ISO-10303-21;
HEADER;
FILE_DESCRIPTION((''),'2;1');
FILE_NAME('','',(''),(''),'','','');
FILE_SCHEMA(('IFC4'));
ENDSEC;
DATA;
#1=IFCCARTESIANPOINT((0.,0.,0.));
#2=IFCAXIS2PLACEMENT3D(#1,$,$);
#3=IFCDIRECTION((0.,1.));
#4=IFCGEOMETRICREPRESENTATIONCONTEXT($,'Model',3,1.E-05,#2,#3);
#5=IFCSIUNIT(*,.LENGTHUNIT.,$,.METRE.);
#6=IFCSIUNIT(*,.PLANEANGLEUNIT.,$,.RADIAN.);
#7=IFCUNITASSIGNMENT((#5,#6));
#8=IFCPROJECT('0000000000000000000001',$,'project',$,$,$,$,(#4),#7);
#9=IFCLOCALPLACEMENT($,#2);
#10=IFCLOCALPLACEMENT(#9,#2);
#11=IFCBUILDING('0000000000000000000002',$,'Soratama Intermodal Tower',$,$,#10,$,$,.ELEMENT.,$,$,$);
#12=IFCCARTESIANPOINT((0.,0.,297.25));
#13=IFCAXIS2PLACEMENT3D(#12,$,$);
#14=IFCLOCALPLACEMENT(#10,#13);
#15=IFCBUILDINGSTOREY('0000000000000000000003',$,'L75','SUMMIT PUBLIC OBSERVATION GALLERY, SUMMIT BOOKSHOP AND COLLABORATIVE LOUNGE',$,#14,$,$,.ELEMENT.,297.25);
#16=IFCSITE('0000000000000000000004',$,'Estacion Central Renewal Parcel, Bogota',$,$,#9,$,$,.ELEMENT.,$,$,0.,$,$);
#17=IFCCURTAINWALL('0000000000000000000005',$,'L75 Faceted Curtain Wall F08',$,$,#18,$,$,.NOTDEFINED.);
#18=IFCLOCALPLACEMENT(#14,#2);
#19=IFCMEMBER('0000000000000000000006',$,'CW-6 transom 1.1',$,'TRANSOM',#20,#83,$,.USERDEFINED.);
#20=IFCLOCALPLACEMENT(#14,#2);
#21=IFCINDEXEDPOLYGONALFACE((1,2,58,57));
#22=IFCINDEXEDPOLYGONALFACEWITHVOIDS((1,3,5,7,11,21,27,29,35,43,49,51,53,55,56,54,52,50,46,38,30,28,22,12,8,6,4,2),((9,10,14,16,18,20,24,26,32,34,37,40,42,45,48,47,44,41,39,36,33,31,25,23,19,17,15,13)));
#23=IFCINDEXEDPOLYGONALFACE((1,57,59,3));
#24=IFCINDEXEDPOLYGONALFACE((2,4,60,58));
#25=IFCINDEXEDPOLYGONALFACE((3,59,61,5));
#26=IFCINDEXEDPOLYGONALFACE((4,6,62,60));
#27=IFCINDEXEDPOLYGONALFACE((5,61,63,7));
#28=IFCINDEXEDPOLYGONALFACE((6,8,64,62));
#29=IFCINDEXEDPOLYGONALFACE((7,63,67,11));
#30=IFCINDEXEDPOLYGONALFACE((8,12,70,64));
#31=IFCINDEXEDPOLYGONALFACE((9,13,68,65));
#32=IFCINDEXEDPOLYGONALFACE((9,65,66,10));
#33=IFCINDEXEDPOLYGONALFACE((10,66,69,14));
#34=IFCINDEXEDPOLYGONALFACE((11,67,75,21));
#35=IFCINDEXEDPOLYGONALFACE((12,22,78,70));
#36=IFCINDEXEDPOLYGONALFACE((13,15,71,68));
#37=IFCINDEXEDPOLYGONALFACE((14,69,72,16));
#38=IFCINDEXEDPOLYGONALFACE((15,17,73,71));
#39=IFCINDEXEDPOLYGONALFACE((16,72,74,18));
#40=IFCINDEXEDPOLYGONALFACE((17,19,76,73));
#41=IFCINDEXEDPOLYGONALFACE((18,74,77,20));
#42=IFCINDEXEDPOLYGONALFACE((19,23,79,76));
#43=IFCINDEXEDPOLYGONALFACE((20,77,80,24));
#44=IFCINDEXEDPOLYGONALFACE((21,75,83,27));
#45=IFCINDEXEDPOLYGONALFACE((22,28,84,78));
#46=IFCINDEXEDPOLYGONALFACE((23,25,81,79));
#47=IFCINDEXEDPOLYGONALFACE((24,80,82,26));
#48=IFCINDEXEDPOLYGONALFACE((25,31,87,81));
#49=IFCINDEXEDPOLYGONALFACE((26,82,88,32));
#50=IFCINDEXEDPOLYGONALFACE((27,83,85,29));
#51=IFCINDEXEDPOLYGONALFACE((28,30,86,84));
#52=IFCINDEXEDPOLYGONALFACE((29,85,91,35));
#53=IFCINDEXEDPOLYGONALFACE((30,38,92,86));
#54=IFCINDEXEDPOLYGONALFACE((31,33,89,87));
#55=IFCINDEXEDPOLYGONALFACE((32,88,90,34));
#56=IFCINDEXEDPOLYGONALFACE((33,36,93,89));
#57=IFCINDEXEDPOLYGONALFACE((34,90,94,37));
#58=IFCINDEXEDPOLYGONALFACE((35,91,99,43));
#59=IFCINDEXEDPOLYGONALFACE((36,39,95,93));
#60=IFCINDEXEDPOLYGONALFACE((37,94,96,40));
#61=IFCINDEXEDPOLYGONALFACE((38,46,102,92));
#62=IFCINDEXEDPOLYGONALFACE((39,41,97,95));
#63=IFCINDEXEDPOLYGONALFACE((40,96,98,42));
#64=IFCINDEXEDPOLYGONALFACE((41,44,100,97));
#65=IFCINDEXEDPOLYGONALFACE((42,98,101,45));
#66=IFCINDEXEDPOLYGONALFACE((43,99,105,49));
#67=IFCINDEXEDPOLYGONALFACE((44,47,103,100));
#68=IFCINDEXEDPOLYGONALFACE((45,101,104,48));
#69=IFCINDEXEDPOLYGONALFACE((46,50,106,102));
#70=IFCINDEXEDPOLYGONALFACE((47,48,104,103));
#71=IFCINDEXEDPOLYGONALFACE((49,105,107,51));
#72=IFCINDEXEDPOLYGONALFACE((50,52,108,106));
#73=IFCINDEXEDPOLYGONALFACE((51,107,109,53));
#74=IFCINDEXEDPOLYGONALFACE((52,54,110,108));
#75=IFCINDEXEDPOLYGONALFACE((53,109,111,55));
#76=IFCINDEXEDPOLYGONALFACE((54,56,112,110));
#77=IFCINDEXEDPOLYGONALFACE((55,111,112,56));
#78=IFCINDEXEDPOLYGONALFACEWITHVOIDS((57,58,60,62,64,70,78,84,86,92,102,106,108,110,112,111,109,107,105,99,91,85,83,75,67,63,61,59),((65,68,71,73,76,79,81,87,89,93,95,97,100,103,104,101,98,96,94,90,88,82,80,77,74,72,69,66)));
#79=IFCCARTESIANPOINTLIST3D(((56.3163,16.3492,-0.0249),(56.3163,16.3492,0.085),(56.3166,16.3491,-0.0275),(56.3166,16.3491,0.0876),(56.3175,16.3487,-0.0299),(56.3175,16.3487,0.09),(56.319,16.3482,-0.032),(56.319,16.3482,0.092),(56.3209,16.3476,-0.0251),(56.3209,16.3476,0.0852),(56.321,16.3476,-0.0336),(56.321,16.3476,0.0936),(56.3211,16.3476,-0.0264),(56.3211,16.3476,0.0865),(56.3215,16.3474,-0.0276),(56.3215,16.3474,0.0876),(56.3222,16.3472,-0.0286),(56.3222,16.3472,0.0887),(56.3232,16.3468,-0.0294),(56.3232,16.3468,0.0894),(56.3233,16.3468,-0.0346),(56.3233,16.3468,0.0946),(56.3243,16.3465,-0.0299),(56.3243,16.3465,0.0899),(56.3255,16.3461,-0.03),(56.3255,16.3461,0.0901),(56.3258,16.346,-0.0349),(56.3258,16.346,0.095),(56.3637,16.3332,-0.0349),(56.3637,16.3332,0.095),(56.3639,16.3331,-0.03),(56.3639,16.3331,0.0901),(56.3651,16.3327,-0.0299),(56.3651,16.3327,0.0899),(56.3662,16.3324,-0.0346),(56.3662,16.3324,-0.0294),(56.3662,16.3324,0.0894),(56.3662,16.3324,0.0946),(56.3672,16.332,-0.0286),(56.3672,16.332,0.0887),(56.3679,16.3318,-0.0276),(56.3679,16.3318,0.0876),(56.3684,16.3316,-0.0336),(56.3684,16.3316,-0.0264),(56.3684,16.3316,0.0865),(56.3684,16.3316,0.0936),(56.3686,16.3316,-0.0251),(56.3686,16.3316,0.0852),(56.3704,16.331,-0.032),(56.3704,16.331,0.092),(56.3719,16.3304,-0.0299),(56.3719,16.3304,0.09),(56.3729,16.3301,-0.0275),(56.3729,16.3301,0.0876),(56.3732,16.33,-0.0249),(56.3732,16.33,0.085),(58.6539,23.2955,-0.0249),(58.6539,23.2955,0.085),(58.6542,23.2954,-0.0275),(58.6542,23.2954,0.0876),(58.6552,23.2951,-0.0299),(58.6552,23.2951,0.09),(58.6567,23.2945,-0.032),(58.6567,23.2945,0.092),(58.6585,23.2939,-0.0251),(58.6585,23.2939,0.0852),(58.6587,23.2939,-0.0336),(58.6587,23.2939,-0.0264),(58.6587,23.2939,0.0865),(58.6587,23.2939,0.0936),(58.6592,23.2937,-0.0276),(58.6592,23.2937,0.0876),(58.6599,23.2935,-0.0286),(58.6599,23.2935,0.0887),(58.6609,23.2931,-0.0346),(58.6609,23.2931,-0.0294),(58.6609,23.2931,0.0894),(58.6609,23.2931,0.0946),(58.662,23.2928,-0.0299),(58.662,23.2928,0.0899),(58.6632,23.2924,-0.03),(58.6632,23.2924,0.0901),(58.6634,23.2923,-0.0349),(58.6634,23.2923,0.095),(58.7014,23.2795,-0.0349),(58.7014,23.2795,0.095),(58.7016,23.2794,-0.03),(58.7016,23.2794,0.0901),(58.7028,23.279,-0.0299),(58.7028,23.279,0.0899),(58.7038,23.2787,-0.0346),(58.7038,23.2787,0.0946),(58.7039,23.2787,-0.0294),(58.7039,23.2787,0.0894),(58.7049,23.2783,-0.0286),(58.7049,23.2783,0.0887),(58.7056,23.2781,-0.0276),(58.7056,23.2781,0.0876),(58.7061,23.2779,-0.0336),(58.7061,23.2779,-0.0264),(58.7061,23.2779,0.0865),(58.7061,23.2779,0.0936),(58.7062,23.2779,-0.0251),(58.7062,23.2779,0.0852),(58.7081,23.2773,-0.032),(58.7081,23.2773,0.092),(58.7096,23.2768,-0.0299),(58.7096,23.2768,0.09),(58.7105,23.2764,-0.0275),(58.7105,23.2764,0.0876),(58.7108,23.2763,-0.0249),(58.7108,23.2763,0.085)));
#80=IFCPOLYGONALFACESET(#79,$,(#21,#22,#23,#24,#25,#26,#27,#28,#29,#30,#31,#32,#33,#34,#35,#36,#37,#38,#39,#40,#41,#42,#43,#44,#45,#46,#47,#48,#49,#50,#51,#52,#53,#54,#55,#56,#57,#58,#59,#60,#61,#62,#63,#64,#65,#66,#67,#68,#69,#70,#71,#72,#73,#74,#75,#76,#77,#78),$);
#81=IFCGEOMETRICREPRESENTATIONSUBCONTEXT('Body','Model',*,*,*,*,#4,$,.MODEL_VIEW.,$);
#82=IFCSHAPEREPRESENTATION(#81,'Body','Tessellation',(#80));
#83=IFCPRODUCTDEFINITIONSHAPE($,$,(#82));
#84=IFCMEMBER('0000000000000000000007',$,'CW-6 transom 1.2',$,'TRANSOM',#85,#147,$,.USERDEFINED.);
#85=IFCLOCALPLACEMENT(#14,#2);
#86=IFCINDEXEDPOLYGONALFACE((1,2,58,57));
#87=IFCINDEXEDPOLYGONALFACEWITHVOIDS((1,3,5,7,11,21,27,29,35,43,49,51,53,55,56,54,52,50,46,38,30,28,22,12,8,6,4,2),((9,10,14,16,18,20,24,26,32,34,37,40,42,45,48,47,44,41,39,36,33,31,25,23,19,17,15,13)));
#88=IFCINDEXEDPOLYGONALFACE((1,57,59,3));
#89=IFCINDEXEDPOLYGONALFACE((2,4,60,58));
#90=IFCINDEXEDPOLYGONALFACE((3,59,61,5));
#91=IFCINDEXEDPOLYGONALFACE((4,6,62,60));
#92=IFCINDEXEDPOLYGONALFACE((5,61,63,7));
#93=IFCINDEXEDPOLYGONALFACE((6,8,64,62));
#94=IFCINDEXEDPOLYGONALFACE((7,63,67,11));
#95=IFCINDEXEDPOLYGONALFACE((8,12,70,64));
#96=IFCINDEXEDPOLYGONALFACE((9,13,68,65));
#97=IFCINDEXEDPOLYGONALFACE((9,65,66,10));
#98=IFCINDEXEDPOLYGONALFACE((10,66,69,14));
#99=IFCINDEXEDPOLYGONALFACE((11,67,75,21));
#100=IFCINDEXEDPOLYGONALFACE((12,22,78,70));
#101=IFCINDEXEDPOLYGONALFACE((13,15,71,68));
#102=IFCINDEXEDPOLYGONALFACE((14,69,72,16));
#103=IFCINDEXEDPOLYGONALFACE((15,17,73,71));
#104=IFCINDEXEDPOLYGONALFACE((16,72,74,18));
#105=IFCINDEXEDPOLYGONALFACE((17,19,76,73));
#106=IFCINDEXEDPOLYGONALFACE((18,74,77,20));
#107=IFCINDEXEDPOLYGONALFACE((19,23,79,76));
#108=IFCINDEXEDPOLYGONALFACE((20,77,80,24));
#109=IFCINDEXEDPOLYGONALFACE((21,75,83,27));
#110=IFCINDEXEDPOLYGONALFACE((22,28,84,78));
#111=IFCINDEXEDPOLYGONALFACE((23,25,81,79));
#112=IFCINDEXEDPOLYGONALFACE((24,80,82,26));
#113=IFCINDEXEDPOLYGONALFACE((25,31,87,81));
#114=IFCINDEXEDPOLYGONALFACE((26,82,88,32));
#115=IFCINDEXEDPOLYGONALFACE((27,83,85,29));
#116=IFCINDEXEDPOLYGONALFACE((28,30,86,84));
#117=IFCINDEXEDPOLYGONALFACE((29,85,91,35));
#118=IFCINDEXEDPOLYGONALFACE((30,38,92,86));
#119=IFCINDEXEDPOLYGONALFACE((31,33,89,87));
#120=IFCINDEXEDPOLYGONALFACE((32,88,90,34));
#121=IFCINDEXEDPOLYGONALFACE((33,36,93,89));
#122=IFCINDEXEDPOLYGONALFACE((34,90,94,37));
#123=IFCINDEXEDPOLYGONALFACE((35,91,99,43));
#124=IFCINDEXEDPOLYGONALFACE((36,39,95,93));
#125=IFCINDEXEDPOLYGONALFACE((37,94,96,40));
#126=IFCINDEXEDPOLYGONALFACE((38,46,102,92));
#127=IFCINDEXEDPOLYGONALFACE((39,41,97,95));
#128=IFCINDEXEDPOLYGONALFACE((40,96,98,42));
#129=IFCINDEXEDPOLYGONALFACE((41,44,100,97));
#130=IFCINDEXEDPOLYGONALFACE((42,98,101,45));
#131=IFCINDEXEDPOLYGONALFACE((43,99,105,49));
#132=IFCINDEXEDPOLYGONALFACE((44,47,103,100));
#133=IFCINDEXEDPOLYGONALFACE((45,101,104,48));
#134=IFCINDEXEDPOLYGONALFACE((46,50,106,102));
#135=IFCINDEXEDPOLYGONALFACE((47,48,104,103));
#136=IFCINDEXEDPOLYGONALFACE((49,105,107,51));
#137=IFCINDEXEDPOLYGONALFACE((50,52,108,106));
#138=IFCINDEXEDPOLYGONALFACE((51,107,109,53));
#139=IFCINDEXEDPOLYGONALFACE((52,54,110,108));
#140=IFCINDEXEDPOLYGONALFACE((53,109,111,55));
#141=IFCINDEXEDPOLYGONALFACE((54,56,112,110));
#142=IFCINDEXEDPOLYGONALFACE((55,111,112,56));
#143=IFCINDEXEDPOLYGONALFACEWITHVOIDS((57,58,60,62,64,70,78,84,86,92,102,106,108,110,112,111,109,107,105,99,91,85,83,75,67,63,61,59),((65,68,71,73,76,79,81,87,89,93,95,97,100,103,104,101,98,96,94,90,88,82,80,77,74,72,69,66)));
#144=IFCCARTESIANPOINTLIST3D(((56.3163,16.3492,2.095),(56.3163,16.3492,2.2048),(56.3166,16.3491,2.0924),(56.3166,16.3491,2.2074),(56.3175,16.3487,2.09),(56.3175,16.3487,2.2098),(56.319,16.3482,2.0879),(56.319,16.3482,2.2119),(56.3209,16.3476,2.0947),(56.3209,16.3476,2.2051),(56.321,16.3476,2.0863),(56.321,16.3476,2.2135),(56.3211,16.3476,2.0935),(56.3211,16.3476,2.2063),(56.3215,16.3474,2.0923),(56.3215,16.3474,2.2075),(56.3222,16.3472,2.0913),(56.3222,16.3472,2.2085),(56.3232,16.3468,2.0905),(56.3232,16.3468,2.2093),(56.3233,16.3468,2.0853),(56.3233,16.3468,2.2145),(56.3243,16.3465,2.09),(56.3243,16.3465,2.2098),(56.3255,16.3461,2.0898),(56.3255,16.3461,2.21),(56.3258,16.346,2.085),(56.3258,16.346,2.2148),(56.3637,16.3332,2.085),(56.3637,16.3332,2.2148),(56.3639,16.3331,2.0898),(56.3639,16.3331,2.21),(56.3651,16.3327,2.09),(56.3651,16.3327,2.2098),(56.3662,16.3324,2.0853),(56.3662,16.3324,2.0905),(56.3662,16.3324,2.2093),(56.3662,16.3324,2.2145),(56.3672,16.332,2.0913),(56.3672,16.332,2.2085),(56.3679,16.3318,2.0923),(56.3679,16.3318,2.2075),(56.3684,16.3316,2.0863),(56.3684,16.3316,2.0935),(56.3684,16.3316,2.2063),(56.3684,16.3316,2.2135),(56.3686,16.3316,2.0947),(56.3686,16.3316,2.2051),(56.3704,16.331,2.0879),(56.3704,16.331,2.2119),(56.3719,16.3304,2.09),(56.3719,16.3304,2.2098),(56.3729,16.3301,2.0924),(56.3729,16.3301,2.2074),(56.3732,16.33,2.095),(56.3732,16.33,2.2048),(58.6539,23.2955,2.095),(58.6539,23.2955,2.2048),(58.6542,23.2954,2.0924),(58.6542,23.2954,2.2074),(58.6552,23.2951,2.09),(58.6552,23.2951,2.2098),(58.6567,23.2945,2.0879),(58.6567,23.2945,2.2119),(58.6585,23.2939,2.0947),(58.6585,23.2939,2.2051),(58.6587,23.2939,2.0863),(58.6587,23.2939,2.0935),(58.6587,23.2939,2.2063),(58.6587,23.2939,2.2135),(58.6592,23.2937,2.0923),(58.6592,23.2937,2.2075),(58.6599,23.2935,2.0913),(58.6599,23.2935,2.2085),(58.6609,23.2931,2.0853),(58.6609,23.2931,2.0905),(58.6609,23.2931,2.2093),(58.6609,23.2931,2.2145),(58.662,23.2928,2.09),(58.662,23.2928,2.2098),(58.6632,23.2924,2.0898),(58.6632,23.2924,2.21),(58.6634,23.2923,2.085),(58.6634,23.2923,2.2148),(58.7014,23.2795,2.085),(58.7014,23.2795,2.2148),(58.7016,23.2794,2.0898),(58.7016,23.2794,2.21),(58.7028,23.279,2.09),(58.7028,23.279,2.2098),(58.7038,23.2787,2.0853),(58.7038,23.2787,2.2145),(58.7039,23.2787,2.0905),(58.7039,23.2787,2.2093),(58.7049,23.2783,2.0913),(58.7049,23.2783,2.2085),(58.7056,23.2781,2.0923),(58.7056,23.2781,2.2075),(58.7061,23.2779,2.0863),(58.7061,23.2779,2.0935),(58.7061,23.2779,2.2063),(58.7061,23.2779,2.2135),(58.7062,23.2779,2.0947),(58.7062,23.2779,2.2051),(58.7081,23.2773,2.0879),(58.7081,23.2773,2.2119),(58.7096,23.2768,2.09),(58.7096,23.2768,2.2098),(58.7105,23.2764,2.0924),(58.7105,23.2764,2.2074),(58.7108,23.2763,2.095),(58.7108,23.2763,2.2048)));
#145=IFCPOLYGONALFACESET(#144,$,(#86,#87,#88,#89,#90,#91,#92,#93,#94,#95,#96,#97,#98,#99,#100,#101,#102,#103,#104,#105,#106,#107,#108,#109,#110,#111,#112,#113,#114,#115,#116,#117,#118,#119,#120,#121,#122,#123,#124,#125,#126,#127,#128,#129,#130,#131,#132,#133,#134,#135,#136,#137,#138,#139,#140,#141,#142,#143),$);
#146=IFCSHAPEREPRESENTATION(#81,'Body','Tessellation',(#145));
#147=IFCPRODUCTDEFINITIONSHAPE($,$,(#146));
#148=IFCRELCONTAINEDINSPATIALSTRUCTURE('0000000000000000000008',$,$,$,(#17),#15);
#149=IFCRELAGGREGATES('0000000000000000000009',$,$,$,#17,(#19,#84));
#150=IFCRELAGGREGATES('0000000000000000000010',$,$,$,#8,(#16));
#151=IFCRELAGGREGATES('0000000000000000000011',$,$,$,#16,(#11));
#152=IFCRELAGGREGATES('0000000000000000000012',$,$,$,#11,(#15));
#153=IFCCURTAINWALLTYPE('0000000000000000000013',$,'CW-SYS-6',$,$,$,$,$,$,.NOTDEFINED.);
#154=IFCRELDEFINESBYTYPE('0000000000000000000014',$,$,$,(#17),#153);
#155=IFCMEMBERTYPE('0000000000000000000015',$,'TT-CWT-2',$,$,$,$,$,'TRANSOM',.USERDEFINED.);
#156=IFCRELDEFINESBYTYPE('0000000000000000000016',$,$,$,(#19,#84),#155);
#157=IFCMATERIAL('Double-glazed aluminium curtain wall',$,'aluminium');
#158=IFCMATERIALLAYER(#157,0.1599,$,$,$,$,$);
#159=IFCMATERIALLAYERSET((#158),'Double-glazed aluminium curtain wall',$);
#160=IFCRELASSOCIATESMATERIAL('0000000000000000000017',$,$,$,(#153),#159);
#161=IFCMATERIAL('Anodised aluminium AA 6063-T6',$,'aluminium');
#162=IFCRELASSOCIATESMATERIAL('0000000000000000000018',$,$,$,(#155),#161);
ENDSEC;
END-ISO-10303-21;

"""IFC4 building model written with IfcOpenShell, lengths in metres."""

from ifc_helpers import new_model, si_unit, direction, frame, origin, origin_2d, place, context, subcontext, project, spatial, hollow_rectangle, extrude, material, layer, layer_set, material_profile, profile_set, type_object, element, aggregate, save


model = new_model("IFC4")

# Units and contexts
model_context = context("Model", 3, precision=1e-05, world=origin(), true_north=direction((0.0, 1.0)))
body_context = subcontext(model_context, "Body", "Model", "MODEL_VIEW")
ifc_project = project(units=[si_unit("LENGTHUNIT", "METRE"), si_unit("PLANEANGLEUNIT", "RADIAN")], contexts=[model_context])

# Site, building, storey
site_placement = place(None, origin())
site = spatial("IfcSite", under=ifc_project, at=site_placement, Name="Estacion Central Renewal Parcel, Bogota", CompositionType="ELEMENT", RefElevation=0.0)
building_placement = place(site_placement, origin())
building = spatial("IfcBuilding", under=site, at=building_placement, Name="Soratama Intermodal Tower", CompositionType="ELEMENT")
storey_placement = place(building_placement, frame((0.0, 0.0, 297.25)))
storey = spatial("IfcBuildingStorey", under=building, at=storey_placement, Name="L75", Description="SUMMIT PUBLIC OBSERVATION GALLERY, SUMMIT BOOKSHOP AND COLLABORATIVE LOUNGE", CompositionType="ELEMENT", Elevation=297.25)

# Curtain wall
ifc_material_1 = material(Name="Double-glazed aluminium curtain wall", Category="aluminium")
ifc_layer_1 = layer(ifc_material_1, 0.1599)
ifc_layer_set_1 = layer_set([ifc_layer_1], Name="Double-glazed aluminium curtain wall")
curtain_wall_type = type_object("IfcCurtainWallType", Name="CW-SYS-6", PredefinedType="NOTDEFINED", material=ifc_layer_set_1)
curtain_wall_1_placement = place(storey_placement, origin())
curtain_wall_1 = element("IfcCurtainWall", 1, at=curtain_wall_1_placement, inside=storey, type_object=curtain_wall_type, Name="L75 Faceted Curtain Wall F08", PredefinedType="NOTDEFINED")

# Members
ifc_material_2 = material(Name="Anodised aluminium AA 6063-T6", Category="aluminium")
ifc_material_profile_1 = material_profile(ifc_material_2, hollow_rectangle(XDim=0.0601, YDim=0.1299, WallThickness=0.0049, InnerFilletRadius=0.0049, OuterFilletRadius=0.01, at=origin_2d()), Name="CWT130X60X5")
ifc_profile_set_1 = profile_set([ifc_material_profile_1], Name="Anodised aluminium AA 6063-T6")
member_type_1 = type_object("IfcMemberType", Name="TT-CWT-2", ElementType="TRANSOM", PredefinedType="USERDEFINED", material=ifc_profile_set_1)
member_1_placement = place(storey_placement, frame((56.3447, 16.3396, 0.03), z_axis=(0.318955, 0.94777, 0.0), x_axis=(-0.94777, 0.318955, 0.0)))
member_1 = element("IfcMember", 2, at=member_1_placement, type_object=member_type_1, Name="CW-6 transom 1.1", ObjectType="TRANSOM", PredefinedType="USERDEFINED", context=body_context, shape_type="SweptSolid", body=[
    extrude(hollow_rectangle(XDim=0.0601, YDim=0.1299, WallThickness=0.0049, InnerFilletRadius=0.0049, OuterFilletRadius=0.01, at=origin_2d()), origin(), (0.0, 0.0, 1.0), 7.3291),
])
member_2_placement = place(storey_placement, frame((56.3447, 16.3396, 2.1499), z_axis=(0.318955, 0.94777, 0.0), x_axis=(-0.94777, 0.318955, 0.0)))
member_2 = element("IfcMember", 3, at=member_2_placement, type_object=member_type_1, Name="CW-6 transom 1.2", ObjectType="TRANSOM", PredefinedType="USERDEFINED", context=body_context, shape_type="SweptSolid", body=[
    extrude(hollow_rectangle(XDim=0.0601, YDim=0.1299, WallThickness=0.0049, InnerFilletRadius=0.0049, OuterFilletRadius=0.01, at=origin_2d()), origin(), (0.0, 0.0, 1.0), 7.3291),
])

aggregate(curtain_wall_1, [member_1, member_2])

save(model, "model.ifc")
